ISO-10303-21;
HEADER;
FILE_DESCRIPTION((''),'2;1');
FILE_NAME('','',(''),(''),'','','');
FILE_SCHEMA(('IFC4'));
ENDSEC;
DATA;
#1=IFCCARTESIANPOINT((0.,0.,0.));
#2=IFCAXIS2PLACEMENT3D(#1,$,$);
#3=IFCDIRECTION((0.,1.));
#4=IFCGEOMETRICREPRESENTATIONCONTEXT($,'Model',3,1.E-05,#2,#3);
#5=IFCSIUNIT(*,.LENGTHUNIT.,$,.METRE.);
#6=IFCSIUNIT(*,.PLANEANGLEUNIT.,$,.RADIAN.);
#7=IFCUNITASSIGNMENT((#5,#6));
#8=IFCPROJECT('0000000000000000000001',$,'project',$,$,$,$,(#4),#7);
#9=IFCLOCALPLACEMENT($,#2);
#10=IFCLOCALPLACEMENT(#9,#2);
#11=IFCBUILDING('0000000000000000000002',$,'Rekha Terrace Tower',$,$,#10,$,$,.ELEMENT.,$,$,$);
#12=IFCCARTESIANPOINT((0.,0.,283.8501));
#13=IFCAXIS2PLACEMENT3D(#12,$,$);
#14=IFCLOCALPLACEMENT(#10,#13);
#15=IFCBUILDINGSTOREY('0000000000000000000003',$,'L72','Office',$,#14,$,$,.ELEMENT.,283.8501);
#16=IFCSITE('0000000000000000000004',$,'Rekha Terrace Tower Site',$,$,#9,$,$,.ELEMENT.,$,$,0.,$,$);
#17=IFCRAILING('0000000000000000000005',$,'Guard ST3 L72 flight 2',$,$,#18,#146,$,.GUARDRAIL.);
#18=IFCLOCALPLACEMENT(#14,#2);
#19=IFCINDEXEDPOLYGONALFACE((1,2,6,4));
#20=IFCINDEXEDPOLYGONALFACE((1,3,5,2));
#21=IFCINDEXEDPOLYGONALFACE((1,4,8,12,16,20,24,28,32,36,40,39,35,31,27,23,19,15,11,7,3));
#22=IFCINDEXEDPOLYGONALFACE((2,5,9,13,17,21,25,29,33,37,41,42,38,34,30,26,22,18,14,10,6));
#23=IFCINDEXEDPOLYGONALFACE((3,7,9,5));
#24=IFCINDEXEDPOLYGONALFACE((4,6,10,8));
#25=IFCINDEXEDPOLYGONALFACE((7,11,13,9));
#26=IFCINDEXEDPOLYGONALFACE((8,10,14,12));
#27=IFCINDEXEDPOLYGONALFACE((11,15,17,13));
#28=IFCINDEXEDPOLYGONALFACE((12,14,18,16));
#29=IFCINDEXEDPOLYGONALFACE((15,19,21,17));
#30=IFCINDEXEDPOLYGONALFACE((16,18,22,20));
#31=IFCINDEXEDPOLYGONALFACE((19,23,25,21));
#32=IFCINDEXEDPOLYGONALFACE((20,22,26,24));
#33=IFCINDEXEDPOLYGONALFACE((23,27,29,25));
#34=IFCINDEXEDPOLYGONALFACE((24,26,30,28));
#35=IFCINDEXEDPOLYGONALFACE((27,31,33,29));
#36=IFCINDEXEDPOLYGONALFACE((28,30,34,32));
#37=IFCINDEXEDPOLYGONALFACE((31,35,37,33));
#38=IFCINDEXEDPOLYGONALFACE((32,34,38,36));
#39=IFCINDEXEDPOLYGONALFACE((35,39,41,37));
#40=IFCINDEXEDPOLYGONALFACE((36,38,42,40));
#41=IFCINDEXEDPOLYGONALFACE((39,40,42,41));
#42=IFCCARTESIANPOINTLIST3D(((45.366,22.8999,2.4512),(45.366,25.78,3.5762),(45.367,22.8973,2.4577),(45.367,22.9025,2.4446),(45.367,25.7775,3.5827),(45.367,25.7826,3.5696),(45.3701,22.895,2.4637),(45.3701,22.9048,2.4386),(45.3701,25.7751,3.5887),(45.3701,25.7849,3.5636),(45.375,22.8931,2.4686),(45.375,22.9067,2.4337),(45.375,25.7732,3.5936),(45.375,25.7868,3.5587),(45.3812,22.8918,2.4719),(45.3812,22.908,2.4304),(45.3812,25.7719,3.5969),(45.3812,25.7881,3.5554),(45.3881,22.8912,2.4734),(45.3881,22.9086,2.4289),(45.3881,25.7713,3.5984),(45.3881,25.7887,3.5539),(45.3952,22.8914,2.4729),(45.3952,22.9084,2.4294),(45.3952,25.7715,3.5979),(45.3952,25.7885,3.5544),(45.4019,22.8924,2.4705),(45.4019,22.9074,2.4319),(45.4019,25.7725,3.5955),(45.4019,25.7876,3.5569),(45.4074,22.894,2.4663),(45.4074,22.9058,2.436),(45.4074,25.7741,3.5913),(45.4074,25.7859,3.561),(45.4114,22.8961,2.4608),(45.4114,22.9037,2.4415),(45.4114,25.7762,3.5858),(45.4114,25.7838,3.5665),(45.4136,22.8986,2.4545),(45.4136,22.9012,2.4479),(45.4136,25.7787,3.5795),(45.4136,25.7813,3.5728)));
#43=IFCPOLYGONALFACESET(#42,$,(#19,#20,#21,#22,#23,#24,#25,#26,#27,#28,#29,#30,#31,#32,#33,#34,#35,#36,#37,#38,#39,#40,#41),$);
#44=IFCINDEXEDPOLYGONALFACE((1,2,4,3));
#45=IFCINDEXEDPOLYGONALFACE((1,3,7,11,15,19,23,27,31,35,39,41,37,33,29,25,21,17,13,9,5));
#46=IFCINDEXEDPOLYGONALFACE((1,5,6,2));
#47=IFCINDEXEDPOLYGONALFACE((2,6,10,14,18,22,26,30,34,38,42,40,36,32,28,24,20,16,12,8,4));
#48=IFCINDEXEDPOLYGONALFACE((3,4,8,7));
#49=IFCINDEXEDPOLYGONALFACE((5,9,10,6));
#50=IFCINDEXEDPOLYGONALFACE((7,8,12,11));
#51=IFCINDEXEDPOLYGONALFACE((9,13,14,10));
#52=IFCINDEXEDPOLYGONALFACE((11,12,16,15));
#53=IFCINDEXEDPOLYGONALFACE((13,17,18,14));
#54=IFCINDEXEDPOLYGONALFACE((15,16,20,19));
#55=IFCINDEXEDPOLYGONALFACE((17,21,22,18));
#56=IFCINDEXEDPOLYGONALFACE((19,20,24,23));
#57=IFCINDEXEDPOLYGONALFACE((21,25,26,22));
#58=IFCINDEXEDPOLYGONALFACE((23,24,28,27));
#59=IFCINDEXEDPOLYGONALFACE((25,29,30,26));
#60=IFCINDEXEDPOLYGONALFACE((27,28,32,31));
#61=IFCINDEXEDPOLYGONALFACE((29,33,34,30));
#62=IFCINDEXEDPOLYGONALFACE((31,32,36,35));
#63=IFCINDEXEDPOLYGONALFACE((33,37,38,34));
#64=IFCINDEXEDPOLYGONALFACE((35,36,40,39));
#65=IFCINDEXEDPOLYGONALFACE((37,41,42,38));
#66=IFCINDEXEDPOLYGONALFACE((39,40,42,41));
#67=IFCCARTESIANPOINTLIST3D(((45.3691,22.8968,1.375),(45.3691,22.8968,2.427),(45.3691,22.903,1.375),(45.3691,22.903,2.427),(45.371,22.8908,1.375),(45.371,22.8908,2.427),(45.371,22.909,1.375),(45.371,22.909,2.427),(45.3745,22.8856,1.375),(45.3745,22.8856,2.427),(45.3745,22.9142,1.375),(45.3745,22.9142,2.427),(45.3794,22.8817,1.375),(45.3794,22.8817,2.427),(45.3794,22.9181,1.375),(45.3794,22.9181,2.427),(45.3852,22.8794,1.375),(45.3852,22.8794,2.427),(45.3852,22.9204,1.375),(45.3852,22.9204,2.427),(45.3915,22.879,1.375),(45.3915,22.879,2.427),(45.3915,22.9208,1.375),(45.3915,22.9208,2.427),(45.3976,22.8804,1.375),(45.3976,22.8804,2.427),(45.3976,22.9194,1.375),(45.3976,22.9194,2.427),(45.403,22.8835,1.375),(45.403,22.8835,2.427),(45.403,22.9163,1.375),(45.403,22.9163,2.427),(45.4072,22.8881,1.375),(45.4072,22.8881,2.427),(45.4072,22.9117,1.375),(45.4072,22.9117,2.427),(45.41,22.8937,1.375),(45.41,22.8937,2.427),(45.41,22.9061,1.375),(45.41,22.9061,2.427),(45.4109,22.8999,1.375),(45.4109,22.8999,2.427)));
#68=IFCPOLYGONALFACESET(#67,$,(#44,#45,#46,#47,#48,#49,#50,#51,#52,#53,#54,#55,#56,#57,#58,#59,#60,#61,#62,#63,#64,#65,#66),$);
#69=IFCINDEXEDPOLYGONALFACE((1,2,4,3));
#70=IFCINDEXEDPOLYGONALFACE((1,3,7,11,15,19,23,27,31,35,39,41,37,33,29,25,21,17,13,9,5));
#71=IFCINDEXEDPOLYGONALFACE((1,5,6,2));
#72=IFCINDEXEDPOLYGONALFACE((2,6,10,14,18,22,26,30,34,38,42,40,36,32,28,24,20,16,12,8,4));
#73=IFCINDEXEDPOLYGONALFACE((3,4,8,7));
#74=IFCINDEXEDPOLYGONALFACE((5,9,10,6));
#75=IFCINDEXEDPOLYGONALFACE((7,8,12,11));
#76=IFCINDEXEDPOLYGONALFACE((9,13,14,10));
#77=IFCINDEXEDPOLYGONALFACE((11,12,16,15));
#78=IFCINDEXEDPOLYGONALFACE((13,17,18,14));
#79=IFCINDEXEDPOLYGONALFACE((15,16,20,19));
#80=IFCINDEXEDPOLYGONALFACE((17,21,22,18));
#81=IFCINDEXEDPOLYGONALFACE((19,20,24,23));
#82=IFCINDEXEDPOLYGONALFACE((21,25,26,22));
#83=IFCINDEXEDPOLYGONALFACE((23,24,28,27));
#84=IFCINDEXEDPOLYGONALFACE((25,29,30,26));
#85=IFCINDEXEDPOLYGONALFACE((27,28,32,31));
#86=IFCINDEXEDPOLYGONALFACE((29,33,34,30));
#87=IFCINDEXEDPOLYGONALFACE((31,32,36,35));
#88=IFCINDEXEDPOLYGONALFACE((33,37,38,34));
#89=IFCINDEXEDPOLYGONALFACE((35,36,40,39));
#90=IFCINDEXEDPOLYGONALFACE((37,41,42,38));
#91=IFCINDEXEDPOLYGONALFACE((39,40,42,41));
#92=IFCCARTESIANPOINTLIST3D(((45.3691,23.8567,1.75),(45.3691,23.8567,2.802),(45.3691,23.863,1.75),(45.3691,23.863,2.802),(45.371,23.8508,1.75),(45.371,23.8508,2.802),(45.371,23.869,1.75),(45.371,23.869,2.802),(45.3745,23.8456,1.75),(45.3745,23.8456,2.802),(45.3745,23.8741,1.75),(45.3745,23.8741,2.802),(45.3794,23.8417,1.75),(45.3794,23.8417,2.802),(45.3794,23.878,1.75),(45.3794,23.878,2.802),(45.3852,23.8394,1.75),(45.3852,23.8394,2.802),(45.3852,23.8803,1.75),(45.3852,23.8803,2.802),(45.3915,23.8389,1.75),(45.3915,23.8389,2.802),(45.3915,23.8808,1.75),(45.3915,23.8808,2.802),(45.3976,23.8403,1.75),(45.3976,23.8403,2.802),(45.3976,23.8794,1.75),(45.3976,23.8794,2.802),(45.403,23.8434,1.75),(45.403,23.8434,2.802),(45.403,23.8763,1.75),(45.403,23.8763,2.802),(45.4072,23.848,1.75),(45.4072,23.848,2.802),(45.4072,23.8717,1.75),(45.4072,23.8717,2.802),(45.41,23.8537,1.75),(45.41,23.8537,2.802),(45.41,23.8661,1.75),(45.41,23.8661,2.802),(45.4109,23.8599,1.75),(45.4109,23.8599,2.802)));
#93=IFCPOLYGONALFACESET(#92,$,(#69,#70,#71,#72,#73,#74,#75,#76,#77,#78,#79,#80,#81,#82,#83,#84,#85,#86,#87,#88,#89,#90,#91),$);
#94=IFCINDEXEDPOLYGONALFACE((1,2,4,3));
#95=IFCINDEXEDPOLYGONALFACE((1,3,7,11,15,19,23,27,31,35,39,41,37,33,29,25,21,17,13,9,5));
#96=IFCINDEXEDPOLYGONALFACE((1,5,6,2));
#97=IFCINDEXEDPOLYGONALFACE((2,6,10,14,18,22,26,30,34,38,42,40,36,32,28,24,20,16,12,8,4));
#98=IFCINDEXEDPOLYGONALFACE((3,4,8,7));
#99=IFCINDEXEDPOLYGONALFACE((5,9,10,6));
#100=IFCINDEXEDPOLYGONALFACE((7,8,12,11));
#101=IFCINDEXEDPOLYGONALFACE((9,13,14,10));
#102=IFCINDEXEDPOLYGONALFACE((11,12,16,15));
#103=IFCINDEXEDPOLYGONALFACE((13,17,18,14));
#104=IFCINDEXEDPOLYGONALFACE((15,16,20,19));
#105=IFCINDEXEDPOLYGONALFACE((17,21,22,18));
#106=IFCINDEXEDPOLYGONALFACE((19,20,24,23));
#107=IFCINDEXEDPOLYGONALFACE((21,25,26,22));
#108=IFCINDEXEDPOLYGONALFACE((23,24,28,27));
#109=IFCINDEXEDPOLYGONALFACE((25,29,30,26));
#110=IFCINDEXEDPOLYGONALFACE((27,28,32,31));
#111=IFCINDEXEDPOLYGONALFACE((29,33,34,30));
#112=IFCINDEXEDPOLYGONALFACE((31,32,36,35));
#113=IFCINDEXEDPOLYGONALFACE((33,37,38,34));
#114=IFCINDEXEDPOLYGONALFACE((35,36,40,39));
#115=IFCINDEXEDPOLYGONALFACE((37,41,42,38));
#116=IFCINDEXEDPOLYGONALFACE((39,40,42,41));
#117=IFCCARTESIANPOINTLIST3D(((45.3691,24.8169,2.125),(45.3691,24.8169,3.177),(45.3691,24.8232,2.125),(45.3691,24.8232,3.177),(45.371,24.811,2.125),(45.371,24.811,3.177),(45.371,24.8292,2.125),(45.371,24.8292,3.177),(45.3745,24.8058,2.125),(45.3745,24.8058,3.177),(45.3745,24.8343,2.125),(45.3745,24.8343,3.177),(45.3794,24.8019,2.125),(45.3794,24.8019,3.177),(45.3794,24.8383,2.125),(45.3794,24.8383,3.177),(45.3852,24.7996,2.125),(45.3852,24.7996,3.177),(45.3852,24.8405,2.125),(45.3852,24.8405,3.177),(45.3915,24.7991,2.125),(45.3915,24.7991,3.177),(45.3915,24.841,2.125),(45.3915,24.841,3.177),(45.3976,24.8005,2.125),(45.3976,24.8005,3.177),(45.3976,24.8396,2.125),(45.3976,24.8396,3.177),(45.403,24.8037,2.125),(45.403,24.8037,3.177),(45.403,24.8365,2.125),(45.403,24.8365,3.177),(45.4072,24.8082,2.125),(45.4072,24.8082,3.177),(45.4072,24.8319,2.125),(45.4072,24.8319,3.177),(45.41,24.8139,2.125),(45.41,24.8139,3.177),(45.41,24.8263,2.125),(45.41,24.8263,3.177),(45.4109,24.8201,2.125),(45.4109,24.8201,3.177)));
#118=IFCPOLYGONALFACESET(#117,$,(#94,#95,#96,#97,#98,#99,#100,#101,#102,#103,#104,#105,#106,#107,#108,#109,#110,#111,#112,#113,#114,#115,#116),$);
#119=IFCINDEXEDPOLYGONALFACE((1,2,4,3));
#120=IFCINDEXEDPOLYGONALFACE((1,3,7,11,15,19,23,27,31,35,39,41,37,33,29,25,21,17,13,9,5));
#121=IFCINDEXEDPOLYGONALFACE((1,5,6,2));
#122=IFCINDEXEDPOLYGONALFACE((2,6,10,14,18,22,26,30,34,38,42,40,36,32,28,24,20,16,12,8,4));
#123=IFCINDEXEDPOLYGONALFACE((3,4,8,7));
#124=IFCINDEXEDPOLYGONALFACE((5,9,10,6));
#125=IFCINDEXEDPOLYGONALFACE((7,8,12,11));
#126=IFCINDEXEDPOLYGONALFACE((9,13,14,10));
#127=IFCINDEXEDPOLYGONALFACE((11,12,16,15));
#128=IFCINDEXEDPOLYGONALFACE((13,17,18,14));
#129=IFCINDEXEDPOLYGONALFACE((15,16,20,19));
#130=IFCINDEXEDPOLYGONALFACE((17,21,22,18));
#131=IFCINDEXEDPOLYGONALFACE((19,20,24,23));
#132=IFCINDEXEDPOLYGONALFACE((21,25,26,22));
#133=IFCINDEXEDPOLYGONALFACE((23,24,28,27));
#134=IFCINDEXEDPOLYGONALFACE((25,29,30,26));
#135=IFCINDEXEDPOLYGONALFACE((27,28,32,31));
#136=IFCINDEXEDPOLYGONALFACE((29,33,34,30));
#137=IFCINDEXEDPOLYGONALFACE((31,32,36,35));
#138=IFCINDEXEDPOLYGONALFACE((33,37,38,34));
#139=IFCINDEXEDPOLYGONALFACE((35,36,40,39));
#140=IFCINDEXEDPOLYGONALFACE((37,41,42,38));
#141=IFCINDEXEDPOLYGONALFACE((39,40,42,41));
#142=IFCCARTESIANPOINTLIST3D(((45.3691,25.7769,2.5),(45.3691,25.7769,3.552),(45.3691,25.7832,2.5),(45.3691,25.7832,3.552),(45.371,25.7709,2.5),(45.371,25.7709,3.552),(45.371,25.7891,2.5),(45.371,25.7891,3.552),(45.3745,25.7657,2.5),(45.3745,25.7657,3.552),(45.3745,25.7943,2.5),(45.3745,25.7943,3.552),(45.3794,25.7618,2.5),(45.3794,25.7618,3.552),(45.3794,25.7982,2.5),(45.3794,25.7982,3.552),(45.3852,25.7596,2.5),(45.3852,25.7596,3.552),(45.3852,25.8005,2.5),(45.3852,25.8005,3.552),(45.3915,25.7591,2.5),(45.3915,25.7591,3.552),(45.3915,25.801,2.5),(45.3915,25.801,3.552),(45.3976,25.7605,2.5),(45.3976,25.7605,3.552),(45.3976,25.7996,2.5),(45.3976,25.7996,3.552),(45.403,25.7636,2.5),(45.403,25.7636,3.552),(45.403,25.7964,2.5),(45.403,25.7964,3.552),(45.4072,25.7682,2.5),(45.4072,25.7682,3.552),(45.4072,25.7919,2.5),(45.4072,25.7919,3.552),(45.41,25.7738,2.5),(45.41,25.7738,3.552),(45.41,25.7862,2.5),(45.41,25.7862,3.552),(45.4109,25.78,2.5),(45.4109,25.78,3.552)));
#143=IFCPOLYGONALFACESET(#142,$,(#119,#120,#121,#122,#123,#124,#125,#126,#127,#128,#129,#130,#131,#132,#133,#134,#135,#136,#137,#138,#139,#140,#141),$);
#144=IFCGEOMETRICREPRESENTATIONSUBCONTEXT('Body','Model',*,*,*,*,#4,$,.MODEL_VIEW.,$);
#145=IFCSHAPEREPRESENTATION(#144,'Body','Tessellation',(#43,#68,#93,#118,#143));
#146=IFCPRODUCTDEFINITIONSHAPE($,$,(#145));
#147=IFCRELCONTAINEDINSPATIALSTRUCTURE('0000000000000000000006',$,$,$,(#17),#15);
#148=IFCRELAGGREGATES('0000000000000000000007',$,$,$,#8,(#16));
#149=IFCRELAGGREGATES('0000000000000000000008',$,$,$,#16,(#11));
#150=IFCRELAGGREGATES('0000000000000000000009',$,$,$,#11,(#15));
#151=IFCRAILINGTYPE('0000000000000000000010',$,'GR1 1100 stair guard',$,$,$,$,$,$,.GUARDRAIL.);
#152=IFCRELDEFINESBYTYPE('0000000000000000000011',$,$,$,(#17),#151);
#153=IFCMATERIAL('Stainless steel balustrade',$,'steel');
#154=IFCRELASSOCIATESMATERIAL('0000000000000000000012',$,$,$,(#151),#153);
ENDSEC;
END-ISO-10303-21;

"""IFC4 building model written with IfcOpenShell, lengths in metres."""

from ifc_helpers import new_model, si_unit, direction, frame, origin, origin_2d, place, context, subcontext, project, spatial, circle, extrude, material, type_object, element, save


model = new_model("IFC4")

# Units and contexts
model_context = context("Model", 3, precision=1e-05, world=origin(), true_north=direction((0.0, 1.0)))
body_context = subcontext(model_context, "Body", "Model", "MODEL_VIEW")
ifc_project = project(units=[si_unit("LENGTHUNIT", "METRE"), si_unit("PLANEANGLEUNIT", "RADIAN")], contexts=[model_context])

# Site, building, storey
site_placement = place(None, origin())
site = spatial("IfcSite", under=ifc_project, at=site_placement, Name="Rekha Terrace Tower Site", CompositionType="ELEMENT", RefElevation=0.0)
building_placement = place(site_placement, origin())
building = spatial("IfcBuilding", under=site, at=building_placement, Name="Rekha Terrace Tower", CompositionType="ELEMENT")
storey_placement = place(building_placement, frame((0.0, 0.0, 283.8501)))
storey = spatial("IfcBuildingStorey", under=building, at=storey_placement, Name="L72", Description="Office", CompositionType="ELEMENT", Elevation=283.8501)

# Railing
ifc_material_1 = material(Name="Stainless steel balustrade", Category="steel")
railing_type_1 = type_object("IfcRailingType", Name="GR1 1100 stair guard", PredefinedType="GUARDRAIL", material=ifc_material_1)
railing_1_placement = place(storey_placement, frame((45.3899, 22.8999, 1.375)))
element("IfcRailing", 1, at=railing_1_placement, inside=storey, type_object=railing_type_1, Name="Guard ST3 L72 flight 2", PredefinedType="GUARDRAIL", context=body_context, shape_type="SweptSolid", body=[
    extrude(circle(Radius=0.0239, at=origin_2d()), frame((0.0, 0.0, 1.0762), z_axis=(0.0, 0.931463, 0.363837), x_axis=(-1.0, 0.0, 0.0)), (0.0, 0.0, 1.0), 3.092),
    extrude(circle(Radius=0.021, at=origin_2d()), origin(), (0.0, 0.0, 1.0), 1.052),
    extrude(circle(Radius=0.021, at=origin_2d()), frame((0.0, 0.96, 0.375)), (0.0, 0.0, 1.0), 1.052),
    extrude(circle(Radius=0.021, at=origin_2d()), frame((0.0, 1.9202, 0.75)), (0.0, 0.0, 1.0), 1.052),
    extrude(circle(Radius=0.021, at=origin_2d()), frame((0.0, 2.8801, 1.125)), (0.0, 0.0, 1.0), 1.052),
])

save(model, "model.ifc")
